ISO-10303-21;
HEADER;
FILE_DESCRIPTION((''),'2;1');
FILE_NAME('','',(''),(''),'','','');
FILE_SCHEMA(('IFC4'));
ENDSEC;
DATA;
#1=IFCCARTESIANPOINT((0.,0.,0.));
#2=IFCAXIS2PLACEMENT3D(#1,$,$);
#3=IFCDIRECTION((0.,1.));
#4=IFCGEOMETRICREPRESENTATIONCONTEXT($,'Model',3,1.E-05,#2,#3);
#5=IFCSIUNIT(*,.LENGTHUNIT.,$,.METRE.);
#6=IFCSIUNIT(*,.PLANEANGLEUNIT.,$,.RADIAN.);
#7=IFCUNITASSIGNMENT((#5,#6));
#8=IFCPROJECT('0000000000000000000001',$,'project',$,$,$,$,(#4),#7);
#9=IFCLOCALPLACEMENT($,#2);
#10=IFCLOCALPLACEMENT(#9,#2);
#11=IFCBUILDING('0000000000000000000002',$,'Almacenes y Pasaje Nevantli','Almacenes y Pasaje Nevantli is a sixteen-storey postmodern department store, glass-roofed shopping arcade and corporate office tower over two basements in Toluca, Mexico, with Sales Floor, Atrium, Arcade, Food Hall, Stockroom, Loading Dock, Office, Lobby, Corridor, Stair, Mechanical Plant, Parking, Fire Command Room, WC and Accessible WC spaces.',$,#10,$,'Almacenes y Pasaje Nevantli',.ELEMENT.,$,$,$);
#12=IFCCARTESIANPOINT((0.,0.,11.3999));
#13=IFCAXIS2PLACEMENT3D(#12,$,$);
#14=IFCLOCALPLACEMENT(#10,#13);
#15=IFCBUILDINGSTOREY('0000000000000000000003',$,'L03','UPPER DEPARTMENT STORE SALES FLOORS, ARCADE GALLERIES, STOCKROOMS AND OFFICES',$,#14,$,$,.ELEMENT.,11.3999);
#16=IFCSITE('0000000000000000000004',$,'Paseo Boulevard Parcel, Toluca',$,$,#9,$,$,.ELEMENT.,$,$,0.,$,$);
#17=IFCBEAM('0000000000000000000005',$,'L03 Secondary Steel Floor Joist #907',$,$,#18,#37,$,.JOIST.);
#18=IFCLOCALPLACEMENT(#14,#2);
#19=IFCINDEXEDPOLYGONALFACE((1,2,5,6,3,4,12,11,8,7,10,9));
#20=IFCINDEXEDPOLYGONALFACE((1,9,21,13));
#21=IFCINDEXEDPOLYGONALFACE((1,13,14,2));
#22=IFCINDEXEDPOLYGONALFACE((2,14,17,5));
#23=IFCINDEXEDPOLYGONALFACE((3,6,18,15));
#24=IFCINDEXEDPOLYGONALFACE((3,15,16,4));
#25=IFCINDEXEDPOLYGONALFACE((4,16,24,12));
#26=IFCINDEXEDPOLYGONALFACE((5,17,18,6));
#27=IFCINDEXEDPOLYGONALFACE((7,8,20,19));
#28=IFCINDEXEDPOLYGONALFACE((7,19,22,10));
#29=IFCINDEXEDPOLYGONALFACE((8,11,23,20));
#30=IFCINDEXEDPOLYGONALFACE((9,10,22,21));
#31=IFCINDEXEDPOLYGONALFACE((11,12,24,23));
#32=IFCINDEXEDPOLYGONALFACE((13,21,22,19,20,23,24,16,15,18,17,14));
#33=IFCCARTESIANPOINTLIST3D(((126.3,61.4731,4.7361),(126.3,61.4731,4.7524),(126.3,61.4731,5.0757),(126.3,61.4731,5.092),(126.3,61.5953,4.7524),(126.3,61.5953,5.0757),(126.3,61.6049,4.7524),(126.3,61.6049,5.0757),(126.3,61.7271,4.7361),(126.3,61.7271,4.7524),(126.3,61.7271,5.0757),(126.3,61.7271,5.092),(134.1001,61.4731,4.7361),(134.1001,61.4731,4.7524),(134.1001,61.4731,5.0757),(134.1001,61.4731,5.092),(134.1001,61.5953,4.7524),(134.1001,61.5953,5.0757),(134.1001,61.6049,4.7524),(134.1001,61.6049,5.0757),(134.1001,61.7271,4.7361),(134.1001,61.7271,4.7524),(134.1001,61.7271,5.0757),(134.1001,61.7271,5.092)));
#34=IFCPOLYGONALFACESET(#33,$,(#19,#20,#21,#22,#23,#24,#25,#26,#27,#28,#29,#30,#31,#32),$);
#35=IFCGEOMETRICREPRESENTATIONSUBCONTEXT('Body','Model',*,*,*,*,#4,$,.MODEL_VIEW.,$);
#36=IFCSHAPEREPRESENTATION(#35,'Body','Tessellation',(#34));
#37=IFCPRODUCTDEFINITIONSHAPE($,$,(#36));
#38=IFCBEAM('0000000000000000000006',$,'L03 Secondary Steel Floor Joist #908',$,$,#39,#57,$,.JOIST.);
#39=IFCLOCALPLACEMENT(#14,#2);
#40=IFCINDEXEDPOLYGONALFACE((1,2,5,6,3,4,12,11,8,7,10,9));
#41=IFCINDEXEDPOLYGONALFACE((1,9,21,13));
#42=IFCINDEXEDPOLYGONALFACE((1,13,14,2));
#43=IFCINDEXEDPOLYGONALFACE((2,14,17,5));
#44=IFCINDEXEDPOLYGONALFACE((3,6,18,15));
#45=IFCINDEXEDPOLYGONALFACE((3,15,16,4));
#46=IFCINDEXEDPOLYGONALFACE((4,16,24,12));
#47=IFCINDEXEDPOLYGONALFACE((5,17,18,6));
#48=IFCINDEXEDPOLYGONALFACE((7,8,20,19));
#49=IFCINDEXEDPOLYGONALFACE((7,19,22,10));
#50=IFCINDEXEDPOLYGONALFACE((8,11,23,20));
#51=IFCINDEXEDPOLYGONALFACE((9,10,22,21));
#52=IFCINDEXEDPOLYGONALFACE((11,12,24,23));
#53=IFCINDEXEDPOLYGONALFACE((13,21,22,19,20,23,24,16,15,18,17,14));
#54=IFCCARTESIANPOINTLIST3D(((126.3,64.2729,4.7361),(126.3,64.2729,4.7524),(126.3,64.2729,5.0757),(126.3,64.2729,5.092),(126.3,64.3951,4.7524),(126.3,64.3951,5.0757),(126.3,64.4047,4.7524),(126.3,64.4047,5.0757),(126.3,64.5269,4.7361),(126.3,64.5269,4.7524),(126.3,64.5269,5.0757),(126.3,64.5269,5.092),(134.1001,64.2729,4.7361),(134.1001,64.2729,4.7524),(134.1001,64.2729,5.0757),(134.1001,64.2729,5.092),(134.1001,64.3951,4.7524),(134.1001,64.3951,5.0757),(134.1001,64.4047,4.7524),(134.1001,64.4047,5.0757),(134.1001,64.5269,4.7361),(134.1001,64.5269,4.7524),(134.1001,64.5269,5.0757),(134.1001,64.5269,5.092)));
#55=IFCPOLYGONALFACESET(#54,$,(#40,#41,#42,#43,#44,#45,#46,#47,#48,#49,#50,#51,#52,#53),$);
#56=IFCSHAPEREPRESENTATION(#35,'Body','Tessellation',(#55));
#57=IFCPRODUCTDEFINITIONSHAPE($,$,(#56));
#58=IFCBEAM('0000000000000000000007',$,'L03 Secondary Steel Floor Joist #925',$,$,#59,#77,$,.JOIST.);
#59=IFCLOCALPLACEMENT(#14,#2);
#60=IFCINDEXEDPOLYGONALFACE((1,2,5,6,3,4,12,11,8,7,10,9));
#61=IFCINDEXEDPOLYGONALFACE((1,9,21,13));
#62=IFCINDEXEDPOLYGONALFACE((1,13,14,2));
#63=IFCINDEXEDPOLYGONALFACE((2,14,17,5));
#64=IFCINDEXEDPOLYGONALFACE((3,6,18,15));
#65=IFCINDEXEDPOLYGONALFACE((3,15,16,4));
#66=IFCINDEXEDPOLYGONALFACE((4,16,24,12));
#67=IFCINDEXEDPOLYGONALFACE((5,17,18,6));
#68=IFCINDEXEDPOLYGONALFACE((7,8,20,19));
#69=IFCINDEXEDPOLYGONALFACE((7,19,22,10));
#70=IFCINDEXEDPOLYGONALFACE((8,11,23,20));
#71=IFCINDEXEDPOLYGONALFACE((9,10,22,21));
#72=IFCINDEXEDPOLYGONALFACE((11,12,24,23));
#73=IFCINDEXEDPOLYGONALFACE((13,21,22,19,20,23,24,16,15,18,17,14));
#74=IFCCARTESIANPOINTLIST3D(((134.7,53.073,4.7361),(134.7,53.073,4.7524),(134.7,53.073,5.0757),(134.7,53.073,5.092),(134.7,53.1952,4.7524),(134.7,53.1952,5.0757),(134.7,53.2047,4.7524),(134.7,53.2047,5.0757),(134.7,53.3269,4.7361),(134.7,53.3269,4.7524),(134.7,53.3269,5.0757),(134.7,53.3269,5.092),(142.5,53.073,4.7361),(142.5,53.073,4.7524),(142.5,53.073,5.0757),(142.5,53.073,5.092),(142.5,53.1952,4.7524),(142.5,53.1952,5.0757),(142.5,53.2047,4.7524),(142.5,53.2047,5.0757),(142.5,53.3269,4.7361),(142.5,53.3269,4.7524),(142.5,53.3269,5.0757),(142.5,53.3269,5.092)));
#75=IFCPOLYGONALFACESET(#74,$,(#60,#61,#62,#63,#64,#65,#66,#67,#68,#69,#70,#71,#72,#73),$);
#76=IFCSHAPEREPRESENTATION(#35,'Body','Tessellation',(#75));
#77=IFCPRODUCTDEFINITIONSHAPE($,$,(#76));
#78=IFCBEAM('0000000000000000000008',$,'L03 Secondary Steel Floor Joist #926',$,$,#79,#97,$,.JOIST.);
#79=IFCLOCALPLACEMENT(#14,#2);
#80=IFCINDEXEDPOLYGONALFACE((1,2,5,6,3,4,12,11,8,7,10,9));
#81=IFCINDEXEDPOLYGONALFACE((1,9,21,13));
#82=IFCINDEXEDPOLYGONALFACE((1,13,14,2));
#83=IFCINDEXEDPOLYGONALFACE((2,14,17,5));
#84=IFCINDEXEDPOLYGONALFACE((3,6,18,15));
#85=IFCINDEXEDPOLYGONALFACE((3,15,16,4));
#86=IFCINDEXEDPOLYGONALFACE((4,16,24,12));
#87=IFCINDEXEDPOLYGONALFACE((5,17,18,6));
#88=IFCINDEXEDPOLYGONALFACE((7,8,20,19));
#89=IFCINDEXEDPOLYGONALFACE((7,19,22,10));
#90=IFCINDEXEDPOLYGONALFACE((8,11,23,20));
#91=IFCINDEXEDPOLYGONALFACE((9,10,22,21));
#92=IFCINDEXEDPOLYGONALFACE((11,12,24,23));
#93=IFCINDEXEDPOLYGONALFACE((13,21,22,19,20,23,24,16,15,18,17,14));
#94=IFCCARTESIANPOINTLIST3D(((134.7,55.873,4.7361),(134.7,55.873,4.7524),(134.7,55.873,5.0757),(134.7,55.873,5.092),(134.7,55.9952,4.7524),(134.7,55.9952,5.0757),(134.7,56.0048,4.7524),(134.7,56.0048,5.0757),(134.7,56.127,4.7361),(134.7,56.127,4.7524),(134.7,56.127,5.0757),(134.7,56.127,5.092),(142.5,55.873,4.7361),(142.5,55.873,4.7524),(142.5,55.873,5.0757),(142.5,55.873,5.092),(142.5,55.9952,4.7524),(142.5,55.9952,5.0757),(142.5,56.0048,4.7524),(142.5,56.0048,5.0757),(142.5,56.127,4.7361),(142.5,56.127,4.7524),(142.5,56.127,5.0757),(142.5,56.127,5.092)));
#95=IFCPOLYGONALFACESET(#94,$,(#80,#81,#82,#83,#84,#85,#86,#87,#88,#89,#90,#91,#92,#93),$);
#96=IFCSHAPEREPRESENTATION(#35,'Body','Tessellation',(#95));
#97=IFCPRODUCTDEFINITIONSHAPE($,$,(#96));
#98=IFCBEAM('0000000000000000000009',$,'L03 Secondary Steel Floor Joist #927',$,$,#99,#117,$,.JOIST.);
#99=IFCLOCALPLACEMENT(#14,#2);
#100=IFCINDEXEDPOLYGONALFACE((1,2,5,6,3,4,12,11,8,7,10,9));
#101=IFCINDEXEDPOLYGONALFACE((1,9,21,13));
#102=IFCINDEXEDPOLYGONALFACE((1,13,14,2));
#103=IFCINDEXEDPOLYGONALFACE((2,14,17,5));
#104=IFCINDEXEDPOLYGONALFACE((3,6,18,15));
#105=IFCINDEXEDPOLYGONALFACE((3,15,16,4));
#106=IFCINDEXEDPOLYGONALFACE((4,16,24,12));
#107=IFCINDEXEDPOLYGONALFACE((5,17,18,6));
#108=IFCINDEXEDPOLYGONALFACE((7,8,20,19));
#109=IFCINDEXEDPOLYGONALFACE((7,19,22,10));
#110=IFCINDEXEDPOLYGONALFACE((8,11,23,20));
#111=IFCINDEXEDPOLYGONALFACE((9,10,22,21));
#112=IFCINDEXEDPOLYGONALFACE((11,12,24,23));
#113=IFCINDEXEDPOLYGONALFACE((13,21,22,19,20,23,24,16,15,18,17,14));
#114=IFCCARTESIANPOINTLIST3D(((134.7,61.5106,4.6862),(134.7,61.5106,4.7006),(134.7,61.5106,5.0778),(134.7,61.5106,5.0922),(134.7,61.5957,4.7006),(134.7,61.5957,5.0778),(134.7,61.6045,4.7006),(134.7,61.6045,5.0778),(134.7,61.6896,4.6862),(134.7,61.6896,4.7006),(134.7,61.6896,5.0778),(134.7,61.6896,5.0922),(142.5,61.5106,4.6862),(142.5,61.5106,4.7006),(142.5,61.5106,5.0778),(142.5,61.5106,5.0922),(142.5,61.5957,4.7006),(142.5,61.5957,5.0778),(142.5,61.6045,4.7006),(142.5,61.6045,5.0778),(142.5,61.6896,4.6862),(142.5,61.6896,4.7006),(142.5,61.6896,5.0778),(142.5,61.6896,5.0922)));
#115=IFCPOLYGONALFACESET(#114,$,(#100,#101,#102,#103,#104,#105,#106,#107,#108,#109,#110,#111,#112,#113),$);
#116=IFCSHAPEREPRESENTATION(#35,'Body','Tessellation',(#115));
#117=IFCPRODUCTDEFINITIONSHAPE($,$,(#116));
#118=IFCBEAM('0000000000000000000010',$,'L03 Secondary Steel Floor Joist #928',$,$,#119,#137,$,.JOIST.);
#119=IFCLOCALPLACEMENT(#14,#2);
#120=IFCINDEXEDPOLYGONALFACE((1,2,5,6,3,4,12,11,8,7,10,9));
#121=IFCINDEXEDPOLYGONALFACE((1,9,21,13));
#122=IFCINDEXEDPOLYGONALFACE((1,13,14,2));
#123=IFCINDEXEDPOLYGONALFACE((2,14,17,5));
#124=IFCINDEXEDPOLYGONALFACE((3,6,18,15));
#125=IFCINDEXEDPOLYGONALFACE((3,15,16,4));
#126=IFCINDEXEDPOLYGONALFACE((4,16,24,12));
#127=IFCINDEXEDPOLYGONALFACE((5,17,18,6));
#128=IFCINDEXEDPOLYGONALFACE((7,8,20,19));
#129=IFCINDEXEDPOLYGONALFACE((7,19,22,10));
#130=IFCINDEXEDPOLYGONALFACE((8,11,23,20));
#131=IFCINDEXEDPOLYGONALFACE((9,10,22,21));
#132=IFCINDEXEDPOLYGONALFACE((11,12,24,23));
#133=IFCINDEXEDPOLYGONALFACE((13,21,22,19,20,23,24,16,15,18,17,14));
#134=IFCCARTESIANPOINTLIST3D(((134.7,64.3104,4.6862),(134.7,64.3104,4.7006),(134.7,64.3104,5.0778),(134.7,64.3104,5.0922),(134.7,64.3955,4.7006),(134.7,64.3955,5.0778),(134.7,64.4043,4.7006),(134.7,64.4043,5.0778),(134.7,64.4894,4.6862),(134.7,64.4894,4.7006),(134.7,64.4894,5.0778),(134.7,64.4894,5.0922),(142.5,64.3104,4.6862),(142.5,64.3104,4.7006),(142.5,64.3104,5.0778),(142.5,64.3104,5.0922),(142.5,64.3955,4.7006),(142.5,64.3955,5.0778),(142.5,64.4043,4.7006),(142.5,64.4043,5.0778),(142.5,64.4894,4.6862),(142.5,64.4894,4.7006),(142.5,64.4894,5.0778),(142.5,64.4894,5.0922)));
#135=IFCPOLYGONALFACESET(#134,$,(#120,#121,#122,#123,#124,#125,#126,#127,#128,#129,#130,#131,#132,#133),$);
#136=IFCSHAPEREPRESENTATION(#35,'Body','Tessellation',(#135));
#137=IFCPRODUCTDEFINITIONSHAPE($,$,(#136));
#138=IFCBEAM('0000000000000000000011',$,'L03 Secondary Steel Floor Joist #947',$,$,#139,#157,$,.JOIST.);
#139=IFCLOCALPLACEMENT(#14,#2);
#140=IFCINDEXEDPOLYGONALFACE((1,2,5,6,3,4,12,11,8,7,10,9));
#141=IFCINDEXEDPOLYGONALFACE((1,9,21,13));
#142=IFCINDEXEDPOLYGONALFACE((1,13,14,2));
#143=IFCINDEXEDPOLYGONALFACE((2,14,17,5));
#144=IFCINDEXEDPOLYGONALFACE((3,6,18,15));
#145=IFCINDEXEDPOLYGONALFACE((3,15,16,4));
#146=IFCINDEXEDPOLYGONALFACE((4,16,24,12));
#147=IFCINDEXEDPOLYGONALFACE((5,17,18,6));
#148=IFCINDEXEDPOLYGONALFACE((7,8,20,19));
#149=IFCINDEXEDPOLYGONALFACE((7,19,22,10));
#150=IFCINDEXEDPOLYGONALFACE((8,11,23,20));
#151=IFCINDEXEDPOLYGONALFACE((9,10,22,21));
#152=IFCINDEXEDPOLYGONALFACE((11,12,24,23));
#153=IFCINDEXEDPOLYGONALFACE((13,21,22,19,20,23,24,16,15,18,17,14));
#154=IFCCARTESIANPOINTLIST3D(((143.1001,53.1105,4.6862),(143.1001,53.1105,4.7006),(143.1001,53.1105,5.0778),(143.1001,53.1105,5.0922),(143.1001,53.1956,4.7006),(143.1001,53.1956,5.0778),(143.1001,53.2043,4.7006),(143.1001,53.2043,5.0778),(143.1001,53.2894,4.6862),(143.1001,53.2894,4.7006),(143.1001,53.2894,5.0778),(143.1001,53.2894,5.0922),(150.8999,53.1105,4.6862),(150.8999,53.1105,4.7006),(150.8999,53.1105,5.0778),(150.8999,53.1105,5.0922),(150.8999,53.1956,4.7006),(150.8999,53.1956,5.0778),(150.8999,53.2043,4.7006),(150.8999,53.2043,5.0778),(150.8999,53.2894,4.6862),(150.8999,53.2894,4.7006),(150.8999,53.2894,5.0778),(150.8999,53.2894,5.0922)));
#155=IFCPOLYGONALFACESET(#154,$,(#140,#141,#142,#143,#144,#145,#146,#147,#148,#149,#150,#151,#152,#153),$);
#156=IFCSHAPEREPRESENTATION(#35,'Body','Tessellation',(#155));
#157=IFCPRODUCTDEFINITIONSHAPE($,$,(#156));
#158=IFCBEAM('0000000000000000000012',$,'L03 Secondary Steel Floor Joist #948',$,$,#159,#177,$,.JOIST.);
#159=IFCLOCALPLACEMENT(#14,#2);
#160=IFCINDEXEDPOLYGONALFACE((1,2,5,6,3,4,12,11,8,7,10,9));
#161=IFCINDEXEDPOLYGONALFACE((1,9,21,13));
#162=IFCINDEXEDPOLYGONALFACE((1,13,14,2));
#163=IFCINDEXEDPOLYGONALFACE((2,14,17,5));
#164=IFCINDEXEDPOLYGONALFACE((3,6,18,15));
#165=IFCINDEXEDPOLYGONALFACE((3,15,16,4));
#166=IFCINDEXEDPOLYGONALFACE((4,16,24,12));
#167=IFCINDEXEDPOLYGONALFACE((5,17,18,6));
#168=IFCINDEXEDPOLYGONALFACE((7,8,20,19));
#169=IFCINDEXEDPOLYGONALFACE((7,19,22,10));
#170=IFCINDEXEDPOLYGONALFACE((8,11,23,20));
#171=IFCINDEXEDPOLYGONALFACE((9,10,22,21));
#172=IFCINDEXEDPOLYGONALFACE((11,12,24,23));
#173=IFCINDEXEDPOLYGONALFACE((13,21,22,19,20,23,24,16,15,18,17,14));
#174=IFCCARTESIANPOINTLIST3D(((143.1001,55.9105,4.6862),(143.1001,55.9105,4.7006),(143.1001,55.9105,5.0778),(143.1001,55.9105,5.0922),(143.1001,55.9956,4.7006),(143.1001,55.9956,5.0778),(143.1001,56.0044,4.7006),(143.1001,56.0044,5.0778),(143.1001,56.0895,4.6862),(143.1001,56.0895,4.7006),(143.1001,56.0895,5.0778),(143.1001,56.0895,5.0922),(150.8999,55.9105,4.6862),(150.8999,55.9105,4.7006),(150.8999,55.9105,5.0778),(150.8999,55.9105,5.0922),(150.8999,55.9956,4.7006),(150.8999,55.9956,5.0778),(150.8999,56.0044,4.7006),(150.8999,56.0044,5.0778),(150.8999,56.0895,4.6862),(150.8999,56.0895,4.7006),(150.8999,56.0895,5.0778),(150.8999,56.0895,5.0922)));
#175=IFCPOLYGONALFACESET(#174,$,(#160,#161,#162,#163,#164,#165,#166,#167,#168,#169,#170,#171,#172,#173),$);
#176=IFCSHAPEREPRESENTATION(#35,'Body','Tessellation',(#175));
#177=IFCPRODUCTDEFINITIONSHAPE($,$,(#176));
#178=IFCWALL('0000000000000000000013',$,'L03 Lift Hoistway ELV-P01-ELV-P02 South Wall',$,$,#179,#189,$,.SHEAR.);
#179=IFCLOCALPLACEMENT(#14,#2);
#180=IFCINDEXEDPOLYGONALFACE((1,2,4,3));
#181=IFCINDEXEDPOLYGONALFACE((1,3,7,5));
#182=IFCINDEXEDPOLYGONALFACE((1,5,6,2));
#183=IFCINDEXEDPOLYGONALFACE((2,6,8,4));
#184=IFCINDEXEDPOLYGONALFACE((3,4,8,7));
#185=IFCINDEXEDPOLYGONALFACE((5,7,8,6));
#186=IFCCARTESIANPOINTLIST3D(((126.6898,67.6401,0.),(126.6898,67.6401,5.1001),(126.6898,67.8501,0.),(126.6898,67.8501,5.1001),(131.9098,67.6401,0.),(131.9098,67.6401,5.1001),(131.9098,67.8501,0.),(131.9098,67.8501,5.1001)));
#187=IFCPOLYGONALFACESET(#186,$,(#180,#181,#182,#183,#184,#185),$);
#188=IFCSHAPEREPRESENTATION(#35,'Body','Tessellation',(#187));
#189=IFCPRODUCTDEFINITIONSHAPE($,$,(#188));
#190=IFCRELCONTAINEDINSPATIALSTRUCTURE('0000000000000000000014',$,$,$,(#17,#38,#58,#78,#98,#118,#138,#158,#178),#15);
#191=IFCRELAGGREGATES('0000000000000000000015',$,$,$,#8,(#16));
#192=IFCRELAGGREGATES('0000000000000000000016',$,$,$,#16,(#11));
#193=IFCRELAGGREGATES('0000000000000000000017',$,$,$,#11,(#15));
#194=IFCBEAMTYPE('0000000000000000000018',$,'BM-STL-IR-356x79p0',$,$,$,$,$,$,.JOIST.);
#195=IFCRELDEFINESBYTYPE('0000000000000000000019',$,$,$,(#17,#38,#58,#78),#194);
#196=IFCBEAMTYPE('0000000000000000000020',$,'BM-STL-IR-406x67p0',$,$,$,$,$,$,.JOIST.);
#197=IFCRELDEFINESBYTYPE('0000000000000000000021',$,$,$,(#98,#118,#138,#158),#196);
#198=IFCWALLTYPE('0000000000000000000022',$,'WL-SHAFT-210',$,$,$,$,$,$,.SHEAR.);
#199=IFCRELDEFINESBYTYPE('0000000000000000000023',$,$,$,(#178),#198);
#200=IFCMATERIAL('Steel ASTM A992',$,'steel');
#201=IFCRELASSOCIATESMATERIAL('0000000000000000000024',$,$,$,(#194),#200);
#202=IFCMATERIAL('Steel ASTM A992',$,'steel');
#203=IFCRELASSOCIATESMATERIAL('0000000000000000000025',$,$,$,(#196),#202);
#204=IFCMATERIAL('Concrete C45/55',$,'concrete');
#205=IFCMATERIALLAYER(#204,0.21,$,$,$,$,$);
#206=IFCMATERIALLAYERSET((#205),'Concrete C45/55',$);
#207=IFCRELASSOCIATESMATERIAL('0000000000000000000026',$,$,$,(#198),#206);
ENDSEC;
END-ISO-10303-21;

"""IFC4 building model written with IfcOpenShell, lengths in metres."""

from ifc_helpers import new_model, si_unit, direction, frame, frame_2d, origin, origin_2d, place, context, subcontext, project, spatial, rectangle, i_section, extrude, material, layer, layer_set, material_profile, profile_set, type_object, element, save


model = new_model("IFC4")

# Units and contexts
model_context = context("Model", 3, precision=1e-05, world=origin(), true_north=direction((0.0, 1.0)))
body_context = subcontext(model_context, "Body", "Model", "MODEL_VIEW")
ifc_project = project(units=[si_unit("LENGTHUNIT", "METRE"), si_unit("PLANEANGLEUNIT", "RADIAN")], contexts=[model_context])

# Site, building, storey
site_placement = place(None, origin())
site = spatial("IfcSite", under=ifc_project, at=site_placement, Name="Paseo Boulevard Parcel, Toluca", CompositionType="ELEMENT", RefElevation=0.0)
building_placement = place(site_placement, origin())
building = spatial("IfcBuilding", under=site, at=building_placement, Name="Almacenes y Pasaje Nevantli", Description="Almacenes y Pasaje Nevantli is a sixteen-storey postmodern department store, glass-roofed shopping arcade and corporate office tower over two basements in Toluca, Mexico, with Sales Floor, Atrium, Arcade, Food Hall, Stockroom, Loading Dock, Office, Lobby, Corridor, Stair, Mechanical Plant, Parking, Fire Command Room, WC and Accessible WC spaces.", LongName="Almacenes y Pasaje Nevantli", CompositionType="ELEMENT")
storey_placement = place(building_placement, frame((0.0, 0.0, 11.3999)))
storey = spatial("IfcBuildingStorey", under=building, at=storey_placement, Name="L03", Description="UPPER DEPARTMENT STORE SALES FLOORS, ARCADE GALLERIES, STOCKROOMS AND OFFICES", CompositionType="ELEMENT", Elevation=11.3999)

# Beams
ifc_material_1 = material(Name="Steel ASTM A992", Category="steel")
ifc_material_profile_1 = material_profile(ifc_material_1, i_section(OverallWidth=0.2539, OverallDepth=0.356, WebThickness=0.0095, FlangeThickness=0.0164, at=origin_2d()), Name="IR 356x79.0")
ifc_profile_set_1 = profile_set([ifc_material_profile_1], Name="Steel ASTM A992")
beam_type_1 = type_object("IfcBeamType", Name="BM-STL-IR-356x79p0", PredefinedType="JOIST", material=ifc_profile_set_1)
for number, where, z_axis, x_axis, name in (
    (1, (126.3, 61.6001, 4.9141), (1.0, 0.0, 0.0), (0.0, 1.0, 0.0), "L03 Secondary Steel Floor Joist #907"),
    (2, (126.3, 64.3999, 4.9141), (1.0, 0.0, 0.0), (0.0, 1.0, 0.0), "L03 Secondary Steel Floor Joist #908"),
    (3, (134.7, 53.2, 4.9141), (1.0, 0.0, 0.0), (0.0, 1.0, 0.0), "L03 Secondary Steel Floor Joist #925"),
    (4, (134.7, 56.0, 4.9141), (1.0, 0.0, 0.0), (0.0, 1.0, 0.0), "L03 Secondary Steel Floor Joist #926"),
):
    element("IfcBeam", number, at=place(storey_placement, frame(where, z_axis=z_axis, x_axis=x_axis)), inside=storey, type_object=beam_type_1, Name=name, PredefinedType="JOIST", context=body_context, shape_type="SweptSolid", body=[
        extrude(i_section(OverallWidth=0.2539, OverallDepth=0.356, WebThickness=0.0095, FlangeThickness=0.0164, at=origin_2d()), origin(), (0.0, 0.0, 1.0), 7.8),
    ])
ifc_material_2 = material(Name="Steel ASTM A992", Category="steel")
ifc_material_profile_2 = material_profile(ifc_material_2, i_section(OverallWidth=0.179, OverallDepth=0.406, WebThickness=0.0088, FlangeThickness=0.0144, at=origin_2d()), Name="IR 406x67.0")
ifc_profile_set_2 = profile_set([ifc_material_profile_2], Name="Steel ASTM A992")
beam_type_2 = type_object("IfcBeamType", Name="BM-STL-IR-406x67p0", PredefinedType="JOIST", material=ifc_profile_set_2)
for number, where, z_axis, x_axis, name in (
    (5, (134.7, 61.6001, 4.8892), (1.0, 0.0, 0.0), (0.0, 1.0, 0.0), "L03 Secondary Steel Floor Joist #927"),
    (6, (134.7, 64.3999, 4.8892), (1.0, 0.0, 0.0), (0.0, 1.0, 0.0), "L03 Secondary Steel Floor Joist #928"),
):
    element("IfcBeam", number, at=place(storey_placement, frame(where, z_axis=z_axis, x_axis=x_axis)), inside=storey, type_object=beam_type_2, Name=name, PredefinedType="JOIST", context=body_context, shape_type="SweptSolid", body=[
        extrude(i_section(OverallWidth=0.179, OverallDepth=0.406, WebThickness=0.0088, FlangeThickness=0.0144, at=origin_2d()), origin(), (0.0, 0.0, 1.0), 7.8),
    ])
for number, where, z_axis, x_axis, name in (
    (7, (143.1001, 53.2, 4.8892), (1.0, 0.0, 0.0), (0.0, 1.0, 0.0), "L03 Secondary Steel Floor Joist #947"),
    (8, (143.1001, 56.0, 4.8892), (1.0, 0.0, 0.0), (0.0, 1.0, 0.0), "L03 Secondary Steel Floor Joist #948"),
):
    element("IfcBeam", number, at=place(storey_placement, frame(where, z_axis=z_axis, x_axis=x_axis)), inside=storey, type_object=beam_type_2, Name=name, PredefinedType="JOIST", context=body_context, shape_type="SweptSolid", body=[
        extrude(i_section(OverallWidth=0.179, OverallDepth=0.406, WebThickness=0.0088, FlangeThickness=0.0144, at=origin_2d()), origin(), (0.0, 0.0, 1.0), 7.7998),
    ])

# Wall
ifc_material_3 = material(Name="Concrete C45/55", Category="concrete")
ifc_layer = layer(ifc_material_3, 0.21)
ifc_layer_set = layer_set([ifc_layer], Name="Concrete C45/55")
wall_type = type_object("IfcWallType", Name="WL-SHAFT-210", PredefinedType="SHEAR", material=ifc_layer_set)
wall_placement = place(storey_placement, frame((126.6899, 67.7451, 0.0), z_axis=(0.0, 0.0, 1.0), x_axis=(1.0, 0.0, 0.0)))
element("IfcWall", 9, at=wall_placement, inside=storey, type_object=wall_type, Name="L03 Lift Hoistway ELV-P01-ELV-P02 South Wall", PredefinedType="SHEAR", context=body_context, shape_type="SweptSolid", body=[
    extrude(rectangle(XDim=5.22, YDim=0.21, at=frame_2d((2.6099, 0.0))), origin(), (0.0, 0.0, 1.0), 5.1001),
])

save(model, "model.ifc")
